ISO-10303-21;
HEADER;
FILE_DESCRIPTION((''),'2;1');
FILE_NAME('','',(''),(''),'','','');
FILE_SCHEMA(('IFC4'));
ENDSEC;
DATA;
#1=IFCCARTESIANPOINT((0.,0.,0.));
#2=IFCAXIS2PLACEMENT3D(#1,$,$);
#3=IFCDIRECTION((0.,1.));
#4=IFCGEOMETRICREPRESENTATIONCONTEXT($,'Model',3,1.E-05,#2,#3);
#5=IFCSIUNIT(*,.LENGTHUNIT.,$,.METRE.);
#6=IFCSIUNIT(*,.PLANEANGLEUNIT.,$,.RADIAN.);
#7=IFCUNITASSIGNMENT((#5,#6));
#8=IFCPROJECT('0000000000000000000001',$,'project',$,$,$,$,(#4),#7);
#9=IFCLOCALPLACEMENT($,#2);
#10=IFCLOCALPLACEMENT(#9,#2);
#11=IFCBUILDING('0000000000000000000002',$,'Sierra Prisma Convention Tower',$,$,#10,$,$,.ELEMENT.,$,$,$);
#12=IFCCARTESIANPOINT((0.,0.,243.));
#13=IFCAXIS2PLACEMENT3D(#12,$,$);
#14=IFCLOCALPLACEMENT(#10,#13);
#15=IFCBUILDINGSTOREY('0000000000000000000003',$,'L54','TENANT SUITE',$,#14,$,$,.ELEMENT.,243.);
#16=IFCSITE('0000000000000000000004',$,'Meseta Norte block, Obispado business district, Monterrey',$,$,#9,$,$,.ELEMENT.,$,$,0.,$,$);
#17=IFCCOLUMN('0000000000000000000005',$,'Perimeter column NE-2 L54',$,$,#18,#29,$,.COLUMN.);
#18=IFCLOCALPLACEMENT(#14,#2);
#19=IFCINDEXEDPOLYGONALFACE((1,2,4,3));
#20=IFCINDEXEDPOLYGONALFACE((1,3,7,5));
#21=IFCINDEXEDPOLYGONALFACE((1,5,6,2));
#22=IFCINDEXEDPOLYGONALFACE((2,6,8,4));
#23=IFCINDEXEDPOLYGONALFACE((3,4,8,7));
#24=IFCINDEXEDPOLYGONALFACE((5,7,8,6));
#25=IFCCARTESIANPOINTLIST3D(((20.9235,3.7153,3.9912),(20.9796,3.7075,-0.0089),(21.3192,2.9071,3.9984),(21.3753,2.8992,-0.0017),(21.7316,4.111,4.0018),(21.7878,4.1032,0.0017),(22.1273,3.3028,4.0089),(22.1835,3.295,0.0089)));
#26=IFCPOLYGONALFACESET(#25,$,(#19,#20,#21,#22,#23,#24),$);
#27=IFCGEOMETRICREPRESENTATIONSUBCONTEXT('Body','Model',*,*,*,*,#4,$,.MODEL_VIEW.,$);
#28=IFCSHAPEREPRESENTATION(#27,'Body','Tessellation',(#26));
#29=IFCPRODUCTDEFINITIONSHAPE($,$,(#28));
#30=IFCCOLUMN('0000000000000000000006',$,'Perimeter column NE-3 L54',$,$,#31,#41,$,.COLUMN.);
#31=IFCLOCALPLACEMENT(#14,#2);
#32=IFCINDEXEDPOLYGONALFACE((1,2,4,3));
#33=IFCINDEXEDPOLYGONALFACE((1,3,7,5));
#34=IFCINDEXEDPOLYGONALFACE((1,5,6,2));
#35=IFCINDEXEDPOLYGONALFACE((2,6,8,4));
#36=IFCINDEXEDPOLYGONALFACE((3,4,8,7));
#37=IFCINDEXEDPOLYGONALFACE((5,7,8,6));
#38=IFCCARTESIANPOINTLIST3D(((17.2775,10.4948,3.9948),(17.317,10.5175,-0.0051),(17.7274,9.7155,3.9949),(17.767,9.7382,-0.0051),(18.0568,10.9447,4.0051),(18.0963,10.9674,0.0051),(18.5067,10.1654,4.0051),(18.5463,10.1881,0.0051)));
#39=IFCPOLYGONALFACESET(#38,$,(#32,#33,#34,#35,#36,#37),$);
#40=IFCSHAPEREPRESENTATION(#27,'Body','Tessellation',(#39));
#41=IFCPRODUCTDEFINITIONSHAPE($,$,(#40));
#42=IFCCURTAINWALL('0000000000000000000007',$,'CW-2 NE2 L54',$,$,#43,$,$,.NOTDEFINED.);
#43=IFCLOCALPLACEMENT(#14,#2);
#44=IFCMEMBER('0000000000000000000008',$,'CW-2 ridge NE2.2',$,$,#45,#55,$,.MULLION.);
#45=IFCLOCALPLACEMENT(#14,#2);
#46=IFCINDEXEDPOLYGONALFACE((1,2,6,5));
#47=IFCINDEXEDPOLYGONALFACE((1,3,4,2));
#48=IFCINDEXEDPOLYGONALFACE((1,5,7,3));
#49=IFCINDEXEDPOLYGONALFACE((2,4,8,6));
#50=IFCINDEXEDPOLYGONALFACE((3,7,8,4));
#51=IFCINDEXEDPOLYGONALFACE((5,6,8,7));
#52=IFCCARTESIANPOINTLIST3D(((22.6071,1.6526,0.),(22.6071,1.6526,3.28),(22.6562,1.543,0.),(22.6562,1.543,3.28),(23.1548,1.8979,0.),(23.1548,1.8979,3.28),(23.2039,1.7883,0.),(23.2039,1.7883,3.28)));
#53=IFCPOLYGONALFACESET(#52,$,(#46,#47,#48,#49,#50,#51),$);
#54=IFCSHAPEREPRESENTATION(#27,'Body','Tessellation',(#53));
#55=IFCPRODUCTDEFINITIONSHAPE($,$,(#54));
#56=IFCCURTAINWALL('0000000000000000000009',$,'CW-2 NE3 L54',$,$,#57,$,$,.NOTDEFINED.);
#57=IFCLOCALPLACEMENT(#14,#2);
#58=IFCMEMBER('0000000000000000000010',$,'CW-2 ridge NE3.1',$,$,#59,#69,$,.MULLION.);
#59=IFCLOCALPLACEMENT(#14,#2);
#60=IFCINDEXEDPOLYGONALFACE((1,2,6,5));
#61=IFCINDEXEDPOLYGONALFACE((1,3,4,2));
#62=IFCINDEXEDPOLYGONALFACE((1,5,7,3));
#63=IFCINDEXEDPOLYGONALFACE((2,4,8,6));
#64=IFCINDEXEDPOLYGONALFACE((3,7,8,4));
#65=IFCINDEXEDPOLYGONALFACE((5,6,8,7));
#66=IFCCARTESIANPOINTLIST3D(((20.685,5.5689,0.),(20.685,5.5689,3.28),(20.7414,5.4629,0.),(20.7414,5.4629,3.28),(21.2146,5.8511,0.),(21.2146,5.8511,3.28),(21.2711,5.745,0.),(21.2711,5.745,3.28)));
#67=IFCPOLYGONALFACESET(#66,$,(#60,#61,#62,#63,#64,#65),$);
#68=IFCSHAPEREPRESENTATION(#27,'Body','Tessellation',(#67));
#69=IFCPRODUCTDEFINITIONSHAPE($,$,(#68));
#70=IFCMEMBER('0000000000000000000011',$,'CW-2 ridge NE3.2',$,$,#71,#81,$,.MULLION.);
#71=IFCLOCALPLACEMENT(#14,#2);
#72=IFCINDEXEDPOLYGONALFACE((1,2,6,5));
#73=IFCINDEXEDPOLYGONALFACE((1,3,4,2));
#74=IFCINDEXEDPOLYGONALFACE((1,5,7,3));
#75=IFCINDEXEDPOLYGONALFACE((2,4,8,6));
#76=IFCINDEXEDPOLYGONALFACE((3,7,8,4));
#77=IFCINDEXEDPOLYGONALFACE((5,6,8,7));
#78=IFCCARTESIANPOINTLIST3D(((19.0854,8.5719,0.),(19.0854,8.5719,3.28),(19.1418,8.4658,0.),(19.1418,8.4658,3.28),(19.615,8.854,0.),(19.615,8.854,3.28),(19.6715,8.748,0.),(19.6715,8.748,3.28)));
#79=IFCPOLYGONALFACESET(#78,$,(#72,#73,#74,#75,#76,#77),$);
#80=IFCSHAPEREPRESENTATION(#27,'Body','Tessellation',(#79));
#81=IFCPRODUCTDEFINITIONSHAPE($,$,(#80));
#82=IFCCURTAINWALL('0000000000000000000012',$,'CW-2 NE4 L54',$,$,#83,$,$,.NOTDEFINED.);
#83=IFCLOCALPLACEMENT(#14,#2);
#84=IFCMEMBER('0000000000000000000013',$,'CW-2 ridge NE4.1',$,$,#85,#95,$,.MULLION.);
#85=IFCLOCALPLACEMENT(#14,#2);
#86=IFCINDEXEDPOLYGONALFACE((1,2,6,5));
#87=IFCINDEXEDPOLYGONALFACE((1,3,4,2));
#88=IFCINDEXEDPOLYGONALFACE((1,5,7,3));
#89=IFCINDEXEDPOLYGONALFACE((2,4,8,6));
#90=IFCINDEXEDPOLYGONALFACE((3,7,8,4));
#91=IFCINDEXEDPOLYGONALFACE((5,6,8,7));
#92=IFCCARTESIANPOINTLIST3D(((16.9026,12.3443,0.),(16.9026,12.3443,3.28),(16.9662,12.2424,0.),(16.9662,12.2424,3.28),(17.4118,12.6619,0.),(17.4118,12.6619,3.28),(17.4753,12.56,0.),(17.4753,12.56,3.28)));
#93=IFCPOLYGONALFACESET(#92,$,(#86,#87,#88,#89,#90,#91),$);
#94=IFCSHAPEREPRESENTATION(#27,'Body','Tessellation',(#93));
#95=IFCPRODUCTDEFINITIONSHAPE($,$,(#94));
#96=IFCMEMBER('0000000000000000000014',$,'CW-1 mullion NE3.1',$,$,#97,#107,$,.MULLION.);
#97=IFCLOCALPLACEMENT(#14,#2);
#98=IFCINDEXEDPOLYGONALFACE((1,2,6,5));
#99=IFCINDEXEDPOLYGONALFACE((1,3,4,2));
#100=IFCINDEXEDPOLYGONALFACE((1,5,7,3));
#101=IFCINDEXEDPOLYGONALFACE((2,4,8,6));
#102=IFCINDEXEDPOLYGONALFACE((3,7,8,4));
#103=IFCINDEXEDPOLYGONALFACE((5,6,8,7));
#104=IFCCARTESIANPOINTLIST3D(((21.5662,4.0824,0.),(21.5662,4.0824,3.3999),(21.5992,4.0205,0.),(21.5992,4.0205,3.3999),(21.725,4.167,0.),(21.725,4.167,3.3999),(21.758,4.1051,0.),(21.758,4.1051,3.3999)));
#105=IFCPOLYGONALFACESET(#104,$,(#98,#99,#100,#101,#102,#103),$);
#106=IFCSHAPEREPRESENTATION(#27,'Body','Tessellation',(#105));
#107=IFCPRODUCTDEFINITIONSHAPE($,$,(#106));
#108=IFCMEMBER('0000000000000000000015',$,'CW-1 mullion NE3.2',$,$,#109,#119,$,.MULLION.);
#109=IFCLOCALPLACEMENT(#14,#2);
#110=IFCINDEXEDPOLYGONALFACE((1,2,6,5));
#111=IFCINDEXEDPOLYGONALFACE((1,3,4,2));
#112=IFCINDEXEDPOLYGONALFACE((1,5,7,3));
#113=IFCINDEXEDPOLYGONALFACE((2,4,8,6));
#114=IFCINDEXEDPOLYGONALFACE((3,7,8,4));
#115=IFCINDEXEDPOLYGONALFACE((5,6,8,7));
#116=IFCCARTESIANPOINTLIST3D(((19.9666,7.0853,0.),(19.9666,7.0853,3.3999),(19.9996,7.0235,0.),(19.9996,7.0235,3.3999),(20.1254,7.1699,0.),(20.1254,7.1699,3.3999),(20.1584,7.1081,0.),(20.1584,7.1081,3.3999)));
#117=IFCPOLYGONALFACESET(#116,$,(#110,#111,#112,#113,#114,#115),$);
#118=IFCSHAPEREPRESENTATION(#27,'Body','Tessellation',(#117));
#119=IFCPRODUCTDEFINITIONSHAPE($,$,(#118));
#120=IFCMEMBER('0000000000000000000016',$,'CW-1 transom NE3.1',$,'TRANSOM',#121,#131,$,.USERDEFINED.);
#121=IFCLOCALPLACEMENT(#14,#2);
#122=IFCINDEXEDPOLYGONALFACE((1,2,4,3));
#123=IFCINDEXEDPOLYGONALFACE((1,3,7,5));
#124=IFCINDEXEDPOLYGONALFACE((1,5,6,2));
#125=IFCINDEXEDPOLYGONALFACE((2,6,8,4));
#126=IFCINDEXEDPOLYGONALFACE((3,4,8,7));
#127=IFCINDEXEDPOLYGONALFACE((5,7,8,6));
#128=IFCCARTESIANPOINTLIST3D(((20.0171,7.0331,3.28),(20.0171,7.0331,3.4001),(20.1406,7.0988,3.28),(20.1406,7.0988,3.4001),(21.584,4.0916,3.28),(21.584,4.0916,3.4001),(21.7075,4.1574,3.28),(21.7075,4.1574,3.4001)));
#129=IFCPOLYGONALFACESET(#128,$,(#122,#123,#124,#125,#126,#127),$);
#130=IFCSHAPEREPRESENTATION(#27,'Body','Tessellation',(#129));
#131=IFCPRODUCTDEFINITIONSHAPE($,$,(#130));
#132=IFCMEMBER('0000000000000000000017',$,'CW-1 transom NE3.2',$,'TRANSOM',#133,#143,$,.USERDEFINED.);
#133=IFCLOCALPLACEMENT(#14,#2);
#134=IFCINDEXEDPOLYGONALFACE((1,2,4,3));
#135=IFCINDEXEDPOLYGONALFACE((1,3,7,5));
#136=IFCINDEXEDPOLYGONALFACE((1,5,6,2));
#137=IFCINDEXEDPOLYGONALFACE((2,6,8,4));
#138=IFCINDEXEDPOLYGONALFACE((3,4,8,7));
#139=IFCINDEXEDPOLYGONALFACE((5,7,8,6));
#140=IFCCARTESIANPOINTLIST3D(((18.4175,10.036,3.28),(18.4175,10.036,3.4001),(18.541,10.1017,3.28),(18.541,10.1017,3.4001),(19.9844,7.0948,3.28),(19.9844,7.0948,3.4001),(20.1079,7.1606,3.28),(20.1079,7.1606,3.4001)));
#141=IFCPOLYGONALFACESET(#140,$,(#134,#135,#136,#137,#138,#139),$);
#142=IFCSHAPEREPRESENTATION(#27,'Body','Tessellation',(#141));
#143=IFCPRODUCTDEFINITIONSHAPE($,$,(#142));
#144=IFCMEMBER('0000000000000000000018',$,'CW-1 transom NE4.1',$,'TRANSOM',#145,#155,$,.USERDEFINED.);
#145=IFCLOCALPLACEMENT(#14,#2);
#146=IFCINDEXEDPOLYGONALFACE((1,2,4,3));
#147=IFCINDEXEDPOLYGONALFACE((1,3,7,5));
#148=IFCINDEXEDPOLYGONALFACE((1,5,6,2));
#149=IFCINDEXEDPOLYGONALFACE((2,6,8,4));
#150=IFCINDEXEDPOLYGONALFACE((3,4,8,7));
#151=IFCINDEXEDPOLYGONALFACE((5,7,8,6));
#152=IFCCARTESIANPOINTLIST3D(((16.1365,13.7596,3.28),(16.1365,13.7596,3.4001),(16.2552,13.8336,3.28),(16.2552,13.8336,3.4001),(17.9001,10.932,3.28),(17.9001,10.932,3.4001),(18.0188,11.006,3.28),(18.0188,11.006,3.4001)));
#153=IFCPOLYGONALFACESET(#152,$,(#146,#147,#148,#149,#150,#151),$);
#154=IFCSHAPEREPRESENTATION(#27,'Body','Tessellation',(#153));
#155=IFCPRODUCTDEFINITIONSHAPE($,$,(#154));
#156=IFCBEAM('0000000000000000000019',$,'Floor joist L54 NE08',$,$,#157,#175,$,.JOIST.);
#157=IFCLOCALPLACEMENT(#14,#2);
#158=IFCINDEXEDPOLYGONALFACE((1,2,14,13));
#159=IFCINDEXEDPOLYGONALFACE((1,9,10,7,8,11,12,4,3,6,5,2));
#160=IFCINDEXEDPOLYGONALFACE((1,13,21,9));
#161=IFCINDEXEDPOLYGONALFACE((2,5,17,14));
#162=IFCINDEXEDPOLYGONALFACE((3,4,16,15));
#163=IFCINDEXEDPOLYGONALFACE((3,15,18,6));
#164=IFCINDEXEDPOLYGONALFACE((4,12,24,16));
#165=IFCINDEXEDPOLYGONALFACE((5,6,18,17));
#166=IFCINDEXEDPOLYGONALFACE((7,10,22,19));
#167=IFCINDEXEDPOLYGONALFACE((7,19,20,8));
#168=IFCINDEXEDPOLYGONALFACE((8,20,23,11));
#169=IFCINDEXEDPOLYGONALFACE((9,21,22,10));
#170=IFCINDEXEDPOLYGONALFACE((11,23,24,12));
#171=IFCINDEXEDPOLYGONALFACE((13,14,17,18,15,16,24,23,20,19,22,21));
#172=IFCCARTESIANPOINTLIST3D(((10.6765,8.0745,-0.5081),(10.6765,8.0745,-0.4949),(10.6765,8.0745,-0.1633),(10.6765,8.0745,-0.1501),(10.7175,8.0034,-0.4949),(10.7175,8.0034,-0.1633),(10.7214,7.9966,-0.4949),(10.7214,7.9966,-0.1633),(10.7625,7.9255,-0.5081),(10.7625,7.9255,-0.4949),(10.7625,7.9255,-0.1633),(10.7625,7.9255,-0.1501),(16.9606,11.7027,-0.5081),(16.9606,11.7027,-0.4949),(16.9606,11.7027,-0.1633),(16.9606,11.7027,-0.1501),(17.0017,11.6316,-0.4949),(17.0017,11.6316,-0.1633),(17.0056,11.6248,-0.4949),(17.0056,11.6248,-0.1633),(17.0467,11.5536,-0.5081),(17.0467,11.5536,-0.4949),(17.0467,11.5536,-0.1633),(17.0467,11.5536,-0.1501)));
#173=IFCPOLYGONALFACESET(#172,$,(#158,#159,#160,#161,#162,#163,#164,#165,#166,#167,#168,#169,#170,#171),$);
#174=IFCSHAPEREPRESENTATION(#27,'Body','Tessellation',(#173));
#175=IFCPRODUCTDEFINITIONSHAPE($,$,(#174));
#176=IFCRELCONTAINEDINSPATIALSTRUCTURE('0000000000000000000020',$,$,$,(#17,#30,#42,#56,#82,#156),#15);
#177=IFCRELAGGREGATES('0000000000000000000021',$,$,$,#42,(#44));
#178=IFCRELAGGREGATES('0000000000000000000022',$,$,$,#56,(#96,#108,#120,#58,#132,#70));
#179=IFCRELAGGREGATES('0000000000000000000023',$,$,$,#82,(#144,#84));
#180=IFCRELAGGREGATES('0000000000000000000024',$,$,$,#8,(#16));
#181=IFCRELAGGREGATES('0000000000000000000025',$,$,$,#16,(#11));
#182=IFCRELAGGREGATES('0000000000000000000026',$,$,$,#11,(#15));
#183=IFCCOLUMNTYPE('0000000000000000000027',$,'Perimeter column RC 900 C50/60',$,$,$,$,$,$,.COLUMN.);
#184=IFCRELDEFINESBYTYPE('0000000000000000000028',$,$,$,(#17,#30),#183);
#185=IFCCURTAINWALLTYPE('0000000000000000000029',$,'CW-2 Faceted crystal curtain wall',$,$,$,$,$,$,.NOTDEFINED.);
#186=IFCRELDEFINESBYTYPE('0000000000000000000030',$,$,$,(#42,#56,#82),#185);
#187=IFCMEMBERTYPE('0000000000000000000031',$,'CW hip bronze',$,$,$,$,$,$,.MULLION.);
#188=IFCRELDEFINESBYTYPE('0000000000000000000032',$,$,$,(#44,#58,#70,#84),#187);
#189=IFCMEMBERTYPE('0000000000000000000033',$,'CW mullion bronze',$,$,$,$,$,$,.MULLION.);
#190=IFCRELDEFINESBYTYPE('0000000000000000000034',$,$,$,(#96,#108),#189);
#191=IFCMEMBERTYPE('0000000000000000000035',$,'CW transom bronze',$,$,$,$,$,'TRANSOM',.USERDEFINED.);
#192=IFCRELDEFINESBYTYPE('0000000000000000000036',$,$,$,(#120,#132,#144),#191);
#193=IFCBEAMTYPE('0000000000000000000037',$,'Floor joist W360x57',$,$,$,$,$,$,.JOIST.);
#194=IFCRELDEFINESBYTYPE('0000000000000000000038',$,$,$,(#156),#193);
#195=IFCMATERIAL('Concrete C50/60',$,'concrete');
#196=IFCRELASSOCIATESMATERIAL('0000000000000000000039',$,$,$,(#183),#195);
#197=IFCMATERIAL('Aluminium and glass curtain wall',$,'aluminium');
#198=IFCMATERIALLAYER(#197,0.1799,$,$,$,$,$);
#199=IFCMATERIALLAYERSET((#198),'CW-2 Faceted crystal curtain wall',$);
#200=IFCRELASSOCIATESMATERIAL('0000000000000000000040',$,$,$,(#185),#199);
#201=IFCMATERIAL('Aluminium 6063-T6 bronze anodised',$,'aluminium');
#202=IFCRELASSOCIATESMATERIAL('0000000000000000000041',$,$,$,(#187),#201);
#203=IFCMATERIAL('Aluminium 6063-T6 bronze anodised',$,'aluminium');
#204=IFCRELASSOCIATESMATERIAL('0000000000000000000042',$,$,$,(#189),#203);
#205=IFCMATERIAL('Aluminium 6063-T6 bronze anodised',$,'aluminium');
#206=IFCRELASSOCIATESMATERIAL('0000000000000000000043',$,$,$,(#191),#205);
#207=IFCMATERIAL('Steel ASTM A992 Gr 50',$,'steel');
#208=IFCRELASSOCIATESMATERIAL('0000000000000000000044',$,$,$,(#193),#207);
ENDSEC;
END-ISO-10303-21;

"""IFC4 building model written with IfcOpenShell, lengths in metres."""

from ifc_helpers import new_model, si_unit, direction, frame, origin, origin_2d, place, context, subcontext, project, spatial, rectangle, i_section, extrude, material, layer, layer_set, material_profile, profile_set, type_object, element, aggregate, save


model = new_model("IFC4")

# Units and contexts
model_context = context("Model", 3, precision=1e-05, world=origin(), true_north=direction((0.0, 1.0)))
body_context = subcontext(model_context, "Body", "Model", "MODEL_VIEW")
ifc_project = project(units=[si_unit("LENGTHUNIT", "METRE"), si_unit("PLANEANGLEUNIT", "RADIAN")], contexts=[model_context])

# Site, building, storey
site_placement = place(None, origin())
site = spatial("IfcSite", under=ifc_project, at=site_placement, Name="Meseta Norte block, Obispado business district, Monterrey", CompositionType="ELEMENT", RefElevation=0.0)
building_placement = place(site_placement, origin())
building = spatial("IfcBuilding", under=site, at=building_placement, Name="Sierra Prisma Convention Tower", CompositionType="ELEMENT")
storey_placement = place(building_placement, frame((0.0, 0.0, 243.0)))
storey = spatial("IfcBuildingStorey", under=building, at=storey_placement, Name="L54", Description="TENANT SUITE", CompositionType="ELEMENT", Elevation=243.0)

# Columns
ifc_material_1 = material(Name="Concrete C50/60", Category="concrete")
ifc_material_profile_1 = material_profile(ifc_material_1, rectangle(XDim=0.8999, YDim=0.8999, at=origin_2d()), Name="Perimeter column RC 900 C50/60")
ifc_profile_set_1 = profile_set([ifc_material_profile_1], Name="Concrete C50/60")
column_type = type_object("IfcColumnType", Name="Perimeter column RC 900 C50/60", PredefinedType="COLUMN", material=ifc_profile_set_1)
column_1_placement = place(storey_placement, frame((21.5815, 3.5012, 0.0), z_axis=(-0.014037, 0.001953, 0.9999), x_axis=(-0.439698, 0.898111, -0.007927)))
element("IfcColumn", 1, at=column_1_placement, inside=storey, type_object=column_type, Name="Perimeter column NE-2 L54", PredefinedType="COLUMN", context=body_context, shape_type="SweptSolid", body=[
    extrude(rectangle(XDim=0.8999, YDim=0.8999, at=origin_2d()), origin(), (0.0, 0.0, 1.0), 4.0005),
])
column_2_placement = place(storey_placement, frame((17.9316, 10.3528, 0.0), z_axis=(-0.009887, -0.005676, 0.999935), x_axis=(-0.499976, 0.86604, -0.000028)))
element("IfcColumn", 2, at=column_2_placement, inside=storey, type_object=column_type, Name="Perimeter column NE-3 L54", PredefinedType="COLUMN", context=body_context, shape_type="SweptSolid", body=[
    extrude(rectangle(XDim=0.8999, YDim=0.8999, at=origin_2d()), origin(), (0.0, 0.0, 1.0), 4.0002),
])

# Curtain wall, member
ifc_material_2 = material(Name="Aluminium and glass curtain wall", Category="aluminium")
ifc_layer_1 = layer(ifc_material_2, 0.1799)
ifc_layer_set_1 = layer_set([ifc_layer_1], Name="CW-2 Faceted crystal curtain wall")
curtain_wall_type = type_object("IfcCurtainWallType", Name="CW-2 Faceted crystal curtain wall", PredefinedType="NOTDEFINED", material=ifc_layer_set_1)
curtain_wall_1_placement = place(storey_placement, origin())
curtain_wall_1 = element("IfcCurtainWall", 3, at=curtain_wall_1_placement, inside=storey, type_object=curtain_wall_type, Name="CW-2 NE2 L54", PredefinedType="NOTDEFINED")
ifc_material_3 = material(Name="Aluminium 6063-T6 bronze anodised", Category="aluminium")
ifc_material_profile_2 = material_profile(ifc_material_3, rectangle(XDim=0.1201, YDim=0.6001, at=origin_2d()), Name="ALU RIDGE BLADE 120x600")
ifc_profile_set_2 = profile_set([ifc_material_profile_2], Name="Aluminium 6063-T6 bronze anodised")
member_type_1 = type_object("IfcMemberType", Name="CW hip bronze", PredefinedType="MULLION", material=ifc_profile_set_2)
member_1_placement = place(storey_placement, frame((22.9055, 1.7205, 0.0), z_axis=(0.0, 0.0, 1.0), x_axis=(-0.408827, 0.912612, 0.0)))
member_1 = element("IfcMember", 4, at=member_1_placement, type_object=member_type_1, Name="CW-2 ridge NE2.2", PredefinedType="MULLION", context=body_context, shape_type="SweptSolid", body=[
    extrude(rectangle(XDim=0.1201, YDim=0.6001, at=origin_2d()), origin(), (0.0, 0.0, 1.0), 3.28),
])

# Curtain wall, members
curtain_wall_2_placement = place(storey_placement, origin())
curtain_wall_2 = element("IfcCurtainWall", 5, at=curtain_wall_2_placement, inside=storey, type_object=curtain_wall_type, Name="CW-2 NE3 L54", PredefinedType="NOTDEFINED")
member_2_placement = place(storey_placement, frame((20.978, 5.657, 0.0), z_axis=(0.0, 0.0, 1.0), x_axis=(-0.470145, 0.882589, 0.0)))
member_2 = element("IfcMember", 6, at=member_2_placement, type_object=member_type_1, Name="CW-2 ridge NE3.1", PredefinedType="MULLION", context=body_context, shape_type="SweptSolid", body=[
    extrude(rectangle(XDim=0.1201, YDim=0.6001, at=origin_2d()), origin(), (0.0, 0.0, 1.0), 3.28),
])
member_3_placement = place(storey_placement, frame((19.3784, 8.6599, 0.0), z_axis=(0.0, 0.0, 1.0), x_axis=(-0.470145, 0.882589, 0.0)))
member_3 = element("IfcMember", 7, at=member_3_placement, type_object=member_type_1, Name="CW-2 ridge NE3.2", PredefinedType="MULLION", context=body_context, shape_type="SweptSolid", body=[
    extrude(rectangle(XDim=0.1201, YDim=0.6001, at=origin_2d()), origin(), (0.0, 0.0, 1.0), 3.28),
])

# Curtain wall, member
curtain_wall_3_placement = place(storey_placement, origin())
curtain_wall_3 = element("IfcCurtainWall", 8, at=curtain_wall_3_placement, inside=storey, type_object=curtain_wall_type, Name="CW-2 NE4 L54", PredefinedType="NOTDEFINED")
member_4_placement = place(storey_placement, frame((17.189, 12.4521, 0.0), z_axis=(0.0, 0.0, 1.0), x_axis=(-0.529272, 0.848452, 0.0)))
member_4 = element("IfcMember", 9, at=member_4_placement, type_object=member_type_1, Name="CW-2 ridge NE4.1", PredefinedType="MULLION", context=body_context, shape_type="SweptSolid", body=[
    extrude(rectangle(XDim=0.1201, YDim=0.6001, at=origin_2d()), origin(), (0.0, 0.0, 1.0), 3.28),
])

# Members
ifc_material_4 = material(Name="Aluminium 6063-T6 bronze anodised", Category="aluminium")
ifc_material_profile_3 = material_profile(ifc_material_4, rectangle(XDim=0.1799, YDim=0.0701, at=origin_2d()), Name="ALU MULLION 70x180")
ifc_profile_set_3 = profile_set([ifc_material_profile_3], Name="Aluminium 6063-T6 bronze anodised")
member_type_2 = type_object("IfcMemberType", Name="CW mullion bronze", PredefinedType="MULLION", material=ifc_profile_set_3)
member_5_placement = place(storey_placement, frame((21.6621, 4.0938, 0.0), z_axis=(0.0, 0.0, 1.0), x_axis=(-0.882589, -0.470145, 0.0)))
member_5 = element("IfcMember", 10, at=member_5_placement, type_object=member_type_2, Name="CW-1 mullion NE3.1", PredefinedType="MULLION", context=body_context, shape_type="SweptSolid", body=[
    extrude(rectangle(XDim=0.1799, YDim=0.0701, at=origin_2d()), origin(), (0.0, 0.0, 1.0), 3.3999),
])
member_6_placement = place(storey_placement, frame((20.0625, 7.0967, 0.0), z_axis=(0.0, 0.0, 1.0), x_axis=(-0.882589, -0.470145, 0.0)))
member_6 = element("IfcMember", 11, at=member_6_placement, type_object=member_type_2, Name="CW-1 mullion NE3.2", PredefinedType="MULLION", context=body_context, shape_type="SweptSolid", body=[
    extrude(rectangle(XDim=0.1799, YDim=0.0701, at=origin_2d()), origin(), (0.0, 0.0, 1.0), 3.3999),
])
ifc_material_5 = material(Name="Aluminium 6063-T6 bronze anodised", Category="aluminium")
ifc_material_profile_4 = material_profile(ifc_material_5, rectangle(XDim=0.1399, YDim=0.1201, at=origin_2d()), Name="ALU TRANSOM 120x140")
ifc_profile_set_4 = profile_set([ifc_material_profile_4], Name="Aluminium 6063-T6 bronze anodised")
member_type_3 = type_object("IfcMemberType", Name="CW transom bronze", ElementType="TRANSOM", PredefinedType="USERDEFINED", material=ifc_profile_set_4)
member_7_placement = place(storey_placement, frame((21.6458, 4.1245, 3.3401), z_axis=(-0.470155, 0.882584, 0.0), x_axis=(-0.882584, -0.470155, 0.0)))
member_7 = element("IfcMember", 12, at=member_7_placement, type_object=member_type_3, Name="CW-1 transom NE3.1", ObjectType="TRANSOM", PredefinedType="USERDEFINED", context=body_context, shape_type="SweptSolid", body=[
    extrude(rectangle(XDim=0.1399, YDim=0.1201, at=origin_2d()), origin(), (0.0, 0.0, 1.0), 3.3328),
])
member_8_placement = place(storey_placement, frame((20.0461, 7.1277, 3.3401), z_axis=(-0.470185, 0.882568, 0.0), x_axis=(-0.882568, -0.470185, 0.0)))
member_8 = element("IfcMember", 13, at=member_8_placement, type_object=member_type_3, Name="CW-1 transom NE3.2", ObjectType="TRANSOM", PredefinedType="USERDEFINED", context=body_context, shape_type="SweptSolid", body=[
    extrude(rectangle(XDim=0.1399, YDim=0.1201, at=origin_2d()), origin(), (0.0, 0.0, 1.0), 3.3325),
])
member_9_placement = place(storey_placement, frame((17.9595, 10.969, 3.3401), z_axis=(-0.529222, 0.848484, 0.0), x_axis=(-0.848484, -0.529222, 0.0)))
member_9 = element("IfcMember", 14, at=member_9_placement, type_object=member_type_3, Name="CW-1 transom NE4.1", ObjectType="TRANSOM", PredefinedType="USERDEFINED", context=body_context, shape_type="SweptSolid", body=[
    extrude(rectangle(XDim=0.1399, YDim=0.1201, at=origin_2d()), origin(), (0.0, 0.0, 1.0), 3.3325),
])

# Beam
ifc_material_6 = material(Name="Steel ASTM A992 Gr 50", Category="steel")
ifc_material_profile_5 = material_profile(ifc_material_6, i_section(OverallWidth=0.1721, OverallDepth=0.3579, WebThickness=0.0078, FlangeThickness=0.0132, at=origin_2d()), Name="W360x57")
ifc_profile_set_5 = profile_set([ifc_material_profile_5], Name="Steel ASTM A992 Gr 50")
beam_type_1 = type_object("IfcBeamType", Name="Floor joist W360x57", PredefinedType="JOIST", material=ifc_profile_set_5)
beam_1_placement = place(storey_placement, frame((17.0037, 11.6282, -0.3291), z_axis=(-0.866025, -0.5, 0.0), x_axis=(0.5, -0.866025, 0.0)))
element("IfcBeam", 15, at=beam_1_placement, inside=storey, type_object=beam_type_1, Name="Floor joist L54 NE08", PredefinedType="JOIST", context=body_context, shape_type="SweptSolid", body=[
    extrude(i_section(OverallWidth=0.1721, OverallDepth=0.3579, WebThickness=0.0078, FlangeThickness=0.0132, at=origin_2d()), origin(), (0.0, 0.0, 1.0), 7.2563),
])

aggregate(curtain_wall_1, [member_1])
aggregate(curtain_wall_2, [member_5, member_6, member_7, member_2, member_8, member_3])
aggregate(curtain_wall_3, [member_9, member_4])

save(model, "model.ifc")
